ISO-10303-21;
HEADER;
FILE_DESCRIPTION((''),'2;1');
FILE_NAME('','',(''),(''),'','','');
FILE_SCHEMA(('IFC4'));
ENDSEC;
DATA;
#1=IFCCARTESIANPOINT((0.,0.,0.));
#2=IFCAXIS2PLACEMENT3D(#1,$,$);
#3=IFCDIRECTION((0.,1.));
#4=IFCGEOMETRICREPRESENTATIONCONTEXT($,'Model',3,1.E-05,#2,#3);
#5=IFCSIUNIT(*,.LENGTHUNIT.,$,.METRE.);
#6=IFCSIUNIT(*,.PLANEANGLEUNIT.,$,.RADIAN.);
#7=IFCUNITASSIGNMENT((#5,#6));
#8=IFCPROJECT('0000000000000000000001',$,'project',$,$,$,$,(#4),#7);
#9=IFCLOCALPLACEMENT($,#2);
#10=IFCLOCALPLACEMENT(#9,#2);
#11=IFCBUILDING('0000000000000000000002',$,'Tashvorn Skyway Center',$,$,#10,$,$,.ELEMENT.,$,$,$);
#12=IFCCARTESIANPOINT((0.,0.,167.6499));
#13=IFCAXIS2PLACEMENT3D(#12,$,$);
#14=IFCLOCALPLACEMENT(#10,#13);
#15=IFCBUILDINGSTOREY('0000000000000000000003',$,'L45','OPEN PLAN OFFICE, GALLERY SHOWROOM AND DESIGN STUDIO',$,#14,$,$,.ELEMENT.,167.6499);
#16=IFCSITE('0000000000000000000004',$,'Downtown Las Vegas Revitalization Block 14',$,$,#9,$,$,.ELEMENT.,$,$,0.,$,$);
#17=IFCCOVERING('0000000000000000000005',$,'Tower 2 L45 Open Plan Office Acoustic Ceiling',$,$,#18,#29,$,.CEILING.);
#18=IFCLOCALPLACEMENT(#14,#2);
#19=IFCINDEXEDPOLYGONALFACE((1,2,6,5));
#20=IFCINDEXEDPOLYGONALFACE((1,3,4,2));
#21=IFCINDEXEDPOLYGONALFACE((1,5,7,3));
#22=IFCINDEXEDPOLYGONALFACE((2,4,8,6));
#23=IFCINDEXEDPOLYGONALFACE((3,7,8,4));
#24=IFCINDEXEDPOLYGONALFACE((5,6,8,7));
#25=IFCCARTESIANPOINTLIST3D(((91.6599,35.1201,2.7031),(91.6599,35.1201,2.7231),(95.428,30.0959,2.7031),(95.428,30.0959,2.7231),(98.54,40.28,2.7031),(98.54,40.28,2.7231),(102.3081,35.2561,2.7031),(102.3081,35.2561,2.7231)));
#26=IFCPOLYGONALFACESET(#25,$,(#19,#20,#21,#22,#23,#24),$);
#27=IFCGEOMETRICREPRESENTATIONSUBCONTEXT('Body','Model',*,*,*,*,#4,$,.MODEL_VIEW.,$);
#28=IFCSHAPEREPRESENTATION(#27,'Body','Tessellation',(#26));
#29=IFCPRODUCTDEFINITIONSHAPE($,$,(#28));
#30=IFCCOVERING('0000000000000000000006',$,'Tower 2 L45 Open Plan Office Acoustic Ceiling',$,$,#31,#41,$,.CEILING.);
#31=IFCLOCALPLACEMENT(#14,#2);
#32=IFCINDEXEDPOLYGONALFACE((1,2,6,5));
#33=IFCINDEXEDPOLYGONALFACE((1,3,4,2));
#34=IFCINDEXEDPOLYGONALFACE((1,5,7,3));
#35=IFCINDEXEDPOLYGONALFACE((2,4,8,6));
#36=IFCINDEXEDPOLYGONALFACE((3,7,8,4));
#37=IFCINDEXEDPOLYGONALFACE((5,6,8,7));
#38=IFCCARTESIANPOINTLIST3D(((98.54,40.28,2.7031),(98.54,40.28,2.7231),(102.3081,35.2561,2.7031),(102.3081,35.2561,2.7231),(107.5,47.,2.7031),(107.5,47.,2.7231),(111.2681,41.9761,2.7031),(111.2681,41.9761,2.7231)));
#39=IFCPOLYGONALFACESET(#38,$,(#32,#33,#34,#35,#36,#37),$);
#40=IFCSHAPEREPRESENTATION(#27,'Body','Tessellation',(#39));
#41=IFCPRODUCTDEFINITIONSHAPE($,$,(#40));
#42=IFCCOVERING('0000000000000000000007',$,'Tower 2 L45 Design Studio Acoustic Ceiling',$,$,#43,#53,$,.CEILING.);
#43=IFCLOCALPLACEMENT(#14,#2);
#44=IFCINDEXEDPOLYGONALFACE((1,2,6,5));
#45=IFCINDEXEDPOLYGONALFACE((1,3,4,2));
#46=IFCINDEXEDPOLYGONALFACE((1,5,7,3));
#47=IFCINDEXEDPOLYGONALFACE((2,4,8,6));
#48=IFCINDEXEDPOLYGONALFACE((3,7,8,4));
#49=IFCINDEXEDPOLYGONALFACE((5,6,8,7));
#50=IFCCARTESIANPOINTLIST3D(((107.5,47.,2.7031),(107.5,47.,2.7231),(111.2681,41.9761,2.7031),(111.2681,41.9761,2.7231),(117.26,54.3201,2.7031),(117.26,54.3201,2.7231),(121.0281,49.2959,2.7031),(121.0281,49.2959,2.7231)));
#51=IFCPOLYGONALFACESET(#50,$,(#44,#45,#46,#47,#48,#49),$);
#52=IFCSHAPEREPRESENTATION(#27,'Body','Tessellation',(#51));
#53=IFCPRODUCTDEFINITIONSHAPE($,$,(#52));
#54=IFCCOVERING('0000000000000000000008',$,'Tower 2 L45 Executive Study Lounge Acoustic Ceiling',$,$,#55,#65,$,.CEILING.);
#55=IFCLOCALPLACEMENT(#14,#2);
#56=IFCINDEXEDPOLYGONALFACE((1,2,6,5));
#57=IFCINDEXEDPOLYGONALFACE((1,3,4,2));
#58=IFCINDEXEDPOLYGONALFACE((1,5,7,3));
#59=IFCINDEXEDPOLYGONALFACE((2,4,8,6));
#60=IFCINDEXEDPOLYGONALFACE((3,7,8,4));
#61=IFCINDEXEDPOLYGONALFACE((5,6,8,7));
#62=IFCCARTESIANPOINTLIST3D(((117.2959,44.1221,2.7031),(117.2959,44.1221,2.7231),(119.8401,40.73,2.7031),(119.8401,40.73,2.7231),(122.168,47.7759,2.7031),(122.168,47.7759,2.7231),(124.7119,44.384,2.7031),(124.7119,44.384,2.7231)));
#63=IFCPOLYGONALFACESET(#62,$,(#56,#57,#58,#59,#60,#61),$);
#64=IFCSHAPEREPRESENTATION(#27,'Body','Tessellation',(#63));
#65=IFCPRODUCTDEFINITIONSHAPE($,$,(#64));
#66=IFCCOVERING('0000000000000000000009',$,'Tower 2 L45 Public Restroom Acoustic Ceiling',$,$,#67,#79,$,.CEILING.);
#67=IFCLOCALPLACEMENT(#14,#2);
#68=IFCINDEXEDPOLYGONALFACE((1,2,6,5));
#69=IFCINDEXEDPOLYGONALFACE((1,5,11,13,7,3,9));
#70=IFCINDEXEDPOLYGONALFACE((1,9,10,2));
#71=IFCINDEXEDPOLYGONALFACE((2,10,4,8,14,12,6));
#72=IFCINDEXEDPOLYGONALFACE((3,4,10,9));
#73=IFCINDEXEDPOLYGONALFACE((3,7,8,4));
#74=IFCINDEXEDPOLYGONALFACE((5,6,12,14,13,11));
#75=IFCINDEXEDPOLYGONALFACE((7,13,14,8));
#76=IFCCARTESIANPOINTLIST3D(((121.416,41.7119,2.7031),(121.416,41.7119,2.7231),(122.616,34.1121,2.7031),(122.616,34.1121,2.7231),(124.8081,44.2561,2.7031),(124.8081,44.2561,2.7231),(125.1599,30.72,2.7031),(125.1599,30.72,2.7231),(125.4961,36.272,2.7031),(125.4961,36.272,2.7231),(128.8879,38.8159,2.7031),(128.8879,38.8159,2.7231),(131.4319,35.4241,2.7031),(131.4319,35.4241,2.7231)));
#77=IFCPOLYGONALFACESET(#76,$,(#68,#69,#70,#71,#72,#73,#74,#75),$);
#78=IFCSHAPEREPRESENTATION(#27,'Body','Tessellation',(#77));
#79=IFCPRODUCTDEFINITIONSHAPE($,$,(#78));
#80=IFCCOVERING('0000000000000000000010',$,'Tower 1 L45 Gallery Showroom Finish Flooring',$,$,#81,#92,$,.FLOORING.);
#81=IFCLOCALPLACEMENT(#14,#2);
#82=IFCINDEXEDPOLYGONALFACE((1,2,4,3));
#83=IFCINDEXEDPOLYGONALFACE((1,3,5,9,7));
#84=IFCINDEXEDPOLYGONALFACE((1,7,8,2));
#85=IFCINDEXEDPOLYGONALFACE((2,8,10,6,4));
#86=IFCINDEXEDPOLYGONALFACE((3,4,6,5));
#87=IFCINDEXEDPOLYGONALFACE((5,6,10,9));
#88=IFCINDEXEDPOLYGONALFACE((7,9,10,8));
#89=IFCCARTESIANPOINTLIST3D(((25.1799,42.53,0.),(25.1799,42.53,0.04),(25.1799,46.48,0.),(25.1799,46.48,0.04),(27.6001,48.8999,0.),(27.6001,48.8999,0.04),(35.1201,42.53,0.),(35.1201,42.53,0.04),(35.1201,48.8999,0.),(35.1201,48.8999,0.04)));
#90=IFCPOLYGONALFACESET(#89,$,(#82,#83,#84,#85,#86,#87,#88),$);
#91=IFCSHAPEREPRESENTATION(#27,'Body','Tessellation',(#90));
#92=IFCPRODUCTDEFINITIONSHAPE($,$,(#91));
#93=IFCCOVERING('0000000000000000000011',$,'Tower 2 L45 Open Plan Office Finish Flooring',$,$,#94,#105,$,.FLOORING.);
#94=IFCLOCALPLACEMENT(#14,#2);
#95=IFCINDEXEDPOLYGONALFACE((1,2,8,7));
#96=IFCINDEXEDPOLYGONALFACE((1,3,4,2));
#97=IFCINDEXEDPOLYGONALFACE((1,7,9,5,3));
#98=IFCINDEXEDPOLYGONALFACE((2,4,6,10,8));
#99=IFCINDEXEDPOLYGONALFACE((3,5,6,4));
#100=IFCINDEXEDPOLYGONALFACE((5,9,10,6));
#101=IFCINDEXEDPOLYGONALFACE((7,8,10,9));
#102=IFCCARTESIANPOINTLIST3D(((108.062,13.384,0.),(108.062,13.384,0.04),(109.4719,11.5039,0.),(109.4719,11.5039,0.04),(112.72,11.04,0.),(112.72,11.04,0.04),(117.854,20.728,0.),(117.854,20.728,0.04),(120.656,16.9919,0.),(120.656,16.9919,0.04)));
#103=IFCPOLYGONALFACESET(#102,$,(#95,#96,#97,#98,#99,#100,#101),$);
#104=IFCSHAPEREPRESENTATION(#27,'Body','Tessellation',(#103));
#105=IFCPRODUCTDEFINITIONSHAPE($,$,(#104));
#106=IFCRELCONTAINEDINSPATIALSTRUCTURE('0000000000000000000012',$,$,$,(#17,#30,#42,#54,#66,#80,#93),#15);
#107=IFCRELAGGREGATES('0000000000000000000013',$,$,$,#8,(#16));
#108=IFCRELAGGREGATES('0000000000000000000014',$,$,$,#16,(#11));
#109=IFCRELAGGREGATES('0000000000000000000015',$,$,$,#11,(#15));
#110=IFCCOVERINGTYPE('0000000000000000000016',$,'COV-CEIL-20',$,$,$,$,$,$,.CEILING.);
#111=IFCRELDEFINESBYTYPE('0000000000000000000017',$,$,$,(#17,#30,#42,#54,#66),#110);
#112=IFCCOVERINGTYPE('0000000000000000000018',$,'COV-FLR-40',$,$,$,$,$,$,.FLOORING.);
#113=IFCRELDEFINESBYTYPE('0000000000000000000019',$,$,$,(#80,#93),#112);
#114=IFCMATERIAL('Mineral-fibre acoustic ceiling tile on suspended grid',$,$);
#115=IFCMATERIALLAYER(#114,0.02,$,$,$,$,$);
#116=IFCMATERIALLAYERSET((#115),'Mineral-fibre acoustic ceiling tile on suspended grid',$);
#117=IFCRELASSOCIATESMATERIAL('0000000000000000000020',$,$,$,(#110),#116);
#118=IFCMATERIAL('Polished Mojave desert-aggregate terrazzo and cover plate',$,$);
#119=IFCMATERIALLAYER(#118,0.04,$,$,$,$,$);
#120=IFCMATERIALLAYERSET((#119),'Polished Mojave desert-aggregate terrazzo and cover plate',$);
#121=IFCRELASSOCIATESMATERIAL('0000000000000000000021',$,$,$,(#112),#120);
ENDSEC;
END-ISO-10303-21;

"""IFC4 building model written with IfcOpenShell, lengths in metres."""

from ifc_helpers import new_model, si_unit, direction, frame, origin, place, context, subcontext, project, spatial, polyline, outline, extrude, material, layer, layer_set, type_object, element, save


model = new_model("IFC4")

# Units and contexts
model_context = context("Model", 3, precision=1e-05, world=origin(), true_north=direction((0.0, 1.0)))
body_context = subcontext(model_context, "Body", "Model", "MODEL_VIEW")
ifc_project = project(units=[si_unit("LENGTHUNIT", "METRE"), si_unit("PLANEANGLEUNIT", "RADIAN")], contexts=[model_context])

# Site, building, storey
site_placement = place(None, origin())
site = spatial("IfcSite", under=ifc_project, at=site_placement, Name="Downtown Las Vegas Revitalization Block 14", CompositionType="ELEMENT", RefElevation=0.0)
building_placement = place(site_placement, origin())
building = spatial("IfcBuilding", under=site, at=building_placement, Name="Tashvorn Skyway Center", CompositionType="ELEMENT")
storey_placement = place(building_placement, frame((0.0, 0.0, 167.6499)))
storey = spatial("IfcBuildingStorey", under=building, at=storey_placement, Name="L45", Description="OPEN PLAN OFFICE, GALLERY SHOWROOM AND DESIGN STUDIO", CompositionType="ELEMENT", Elevation=167.6499)

# Coverings
ifc_material_1 = material(Name="Mineral-fibre acoustic ceiling tile on suspended grid")
ifc_layer_1 = layer(ifc_material_1, 0.02)
ifc_layer_set_1 = layer_set([ifc_layer_1], Name="Mineral-fibre acoustic ceiling tile on suspended grid")
covering_type_1 = type_object("IfcCoveringType", Name="COV-CEIL-20", PredefinedType="CEILING", material=ifc_layer_set_1)
covering_1_placement = place(storey_placement, frame((0.0, 0.0, 2.7031)))
element("IfcCovering", 1, at=covering_1_placement, inside=storey, type_object=covering_type_1, Name="Tower 2 L45 Open Plan Office Acoustic Ceiling", PredefinedType="CEILING", context=body_context, shape_type="SweptSolid", body=[
    extrude(outline(polyline([(95.428, 30.0959), (102.3081, 35.2561), (98.54, 40.28), (91.6599, 35.1201), (95.428, 30.0959)])), origin(), (0.0, 0.0, 1.0), 0.02),
])
covering_2_placement = place(storey_placement, frame((0.0, 0.0, 2.7031)))
element("IfcCovering", 2, at=covering_2_placement, inside=storey, type_object=covering_type_1, Name="Tower 2 L45 Open Plan Office Acoustic Ceiling", PredefinedType="CEILING", context=body_context, shape_type="SweptSolid", body=[
    extrude(outline(polyline([(102.3081, 35.2561), (111.2681, 41.9761), (107.5, 47.0), (98.54, 40.28), (102.3081, 35.2561)])), origin(), (0.0, 0.0, 1.0), 0.02),
])
covering_3_placement = place(storey_placement, frame((0.0, 0.0, 2.7031)))
element("IfcCovering", 3, at=covering_3_placement, inside=storey, type_object=covering_type_1, Name="Tower 2 L45 Design Studio Acoustic Ceiling", PredefinedType="CEILING", context=body_context, shape_type="SweptSolid", body=[
    extrude(outline(polyline([(111.2681, 41.9761), (121.0281, 49.2959), (117.26, 54.3201), (107.5, 47.0), (111.2681, 41.9761)])), origin(), (0.0, 0.0, 1.0), 0.02),
])
covering_4_placement = place(storey_placement, frame((0.0, 0.0, 2.7031)))
element("IfcCovering", 4, at=covering_4_placement, inside=storey, type_object=covering_type_1, Name="Tower 2 L45 Executive Study Lounge Acoustic Ceiling", PredefinedType="CEILING", context=body_context, shape_type="SweptSolid", body=[
    extrude(outline(polyline([(119.8401, 40.73), (117.2959, 44.1221), (122.168, 47.7759), (124.7119, 44.384), (119.8401, 40.73)])), origin(), (0.0, 0.0, 1.0), 0.02),
])
covering_5_placement = place(storey_placement, frame((0.0, 0.0, 2.7031)))
element("IfcCovering", 5, at=covering_5_placement, inside=storey, type_object=covering_type_1, Name="Tower 2 L45 Public Restroom Acoustic Ceiling", PredefinedType="CEILING", context=body_context, shape_type="SweptSolid", body=[
    extrude(outline(polyline([(125.1599, 30.72), (122.616, 34.1121), (125.4961, 36.272), (121.416, 41.7119), (124.8081, 44.2561), (128.8879, 38.8159), (131.4319, 35.4241), (125.1599, 30.72)])), origin(), (0.0, 0.0, 1.0), 0.02),
])
ifc_material_2 = material(Name="Polished Mojave desert-aggregate terrazzo and cover plate")
ifc_layer_2 = layer(ifc_material_2, 0.04)
ifc_layer_set_2 = layer_set([ifc_layer_2], Name="Polished Mojave desert-aggregate terrazzo and cover plate")
covering_type_2 = type_object("IfcCoveringType", Name="COV-FLR-40", PredefinedType="FLOORING", material=ifc_layer_set_2)
covering_6_placement = place(storey_placement, origin())
element("IfcCovering", 6, at=covering_6_placement, inside=storey, type_object=covering_type_2, Name="Tower 1 L45 Gallery Showroom Finish Flooring", PredefinedType="FLOORING", context=body_context, shape_type="SweptSolid", body=[
    extrude(outline(polyline([(35.1201, 42.53), (25.1799, 42.53), (25.1799, 46.48), (27.6001, 48.8999), (35.1201, 48.8999), (35.1201, 42.53)])), origin(), (0.0, 0.0, 1.0), 0.04),
])
covering_7_placement = place(storey_placement, origin())
element("IfcCovering", 7, at=covering_7_placement, inside=storey, type_object=covering_type_2, Name="Tower 2 L45 Open Plan Office Finish Flooring", PredefinedType="FLOORING", context=body_context, shape_type="SweptSolid", body=[
    extrude(outline(polyline([(112.72, 11.04), (109.4719, 11.5039), (108.062, 13.384), (117.854, 20.728), (120.656, 16.9919), (112.72, 11.04)])), origin(), (0.0, 0.0, 1.0), 0.04),
])

save(model, "model.ifc")
